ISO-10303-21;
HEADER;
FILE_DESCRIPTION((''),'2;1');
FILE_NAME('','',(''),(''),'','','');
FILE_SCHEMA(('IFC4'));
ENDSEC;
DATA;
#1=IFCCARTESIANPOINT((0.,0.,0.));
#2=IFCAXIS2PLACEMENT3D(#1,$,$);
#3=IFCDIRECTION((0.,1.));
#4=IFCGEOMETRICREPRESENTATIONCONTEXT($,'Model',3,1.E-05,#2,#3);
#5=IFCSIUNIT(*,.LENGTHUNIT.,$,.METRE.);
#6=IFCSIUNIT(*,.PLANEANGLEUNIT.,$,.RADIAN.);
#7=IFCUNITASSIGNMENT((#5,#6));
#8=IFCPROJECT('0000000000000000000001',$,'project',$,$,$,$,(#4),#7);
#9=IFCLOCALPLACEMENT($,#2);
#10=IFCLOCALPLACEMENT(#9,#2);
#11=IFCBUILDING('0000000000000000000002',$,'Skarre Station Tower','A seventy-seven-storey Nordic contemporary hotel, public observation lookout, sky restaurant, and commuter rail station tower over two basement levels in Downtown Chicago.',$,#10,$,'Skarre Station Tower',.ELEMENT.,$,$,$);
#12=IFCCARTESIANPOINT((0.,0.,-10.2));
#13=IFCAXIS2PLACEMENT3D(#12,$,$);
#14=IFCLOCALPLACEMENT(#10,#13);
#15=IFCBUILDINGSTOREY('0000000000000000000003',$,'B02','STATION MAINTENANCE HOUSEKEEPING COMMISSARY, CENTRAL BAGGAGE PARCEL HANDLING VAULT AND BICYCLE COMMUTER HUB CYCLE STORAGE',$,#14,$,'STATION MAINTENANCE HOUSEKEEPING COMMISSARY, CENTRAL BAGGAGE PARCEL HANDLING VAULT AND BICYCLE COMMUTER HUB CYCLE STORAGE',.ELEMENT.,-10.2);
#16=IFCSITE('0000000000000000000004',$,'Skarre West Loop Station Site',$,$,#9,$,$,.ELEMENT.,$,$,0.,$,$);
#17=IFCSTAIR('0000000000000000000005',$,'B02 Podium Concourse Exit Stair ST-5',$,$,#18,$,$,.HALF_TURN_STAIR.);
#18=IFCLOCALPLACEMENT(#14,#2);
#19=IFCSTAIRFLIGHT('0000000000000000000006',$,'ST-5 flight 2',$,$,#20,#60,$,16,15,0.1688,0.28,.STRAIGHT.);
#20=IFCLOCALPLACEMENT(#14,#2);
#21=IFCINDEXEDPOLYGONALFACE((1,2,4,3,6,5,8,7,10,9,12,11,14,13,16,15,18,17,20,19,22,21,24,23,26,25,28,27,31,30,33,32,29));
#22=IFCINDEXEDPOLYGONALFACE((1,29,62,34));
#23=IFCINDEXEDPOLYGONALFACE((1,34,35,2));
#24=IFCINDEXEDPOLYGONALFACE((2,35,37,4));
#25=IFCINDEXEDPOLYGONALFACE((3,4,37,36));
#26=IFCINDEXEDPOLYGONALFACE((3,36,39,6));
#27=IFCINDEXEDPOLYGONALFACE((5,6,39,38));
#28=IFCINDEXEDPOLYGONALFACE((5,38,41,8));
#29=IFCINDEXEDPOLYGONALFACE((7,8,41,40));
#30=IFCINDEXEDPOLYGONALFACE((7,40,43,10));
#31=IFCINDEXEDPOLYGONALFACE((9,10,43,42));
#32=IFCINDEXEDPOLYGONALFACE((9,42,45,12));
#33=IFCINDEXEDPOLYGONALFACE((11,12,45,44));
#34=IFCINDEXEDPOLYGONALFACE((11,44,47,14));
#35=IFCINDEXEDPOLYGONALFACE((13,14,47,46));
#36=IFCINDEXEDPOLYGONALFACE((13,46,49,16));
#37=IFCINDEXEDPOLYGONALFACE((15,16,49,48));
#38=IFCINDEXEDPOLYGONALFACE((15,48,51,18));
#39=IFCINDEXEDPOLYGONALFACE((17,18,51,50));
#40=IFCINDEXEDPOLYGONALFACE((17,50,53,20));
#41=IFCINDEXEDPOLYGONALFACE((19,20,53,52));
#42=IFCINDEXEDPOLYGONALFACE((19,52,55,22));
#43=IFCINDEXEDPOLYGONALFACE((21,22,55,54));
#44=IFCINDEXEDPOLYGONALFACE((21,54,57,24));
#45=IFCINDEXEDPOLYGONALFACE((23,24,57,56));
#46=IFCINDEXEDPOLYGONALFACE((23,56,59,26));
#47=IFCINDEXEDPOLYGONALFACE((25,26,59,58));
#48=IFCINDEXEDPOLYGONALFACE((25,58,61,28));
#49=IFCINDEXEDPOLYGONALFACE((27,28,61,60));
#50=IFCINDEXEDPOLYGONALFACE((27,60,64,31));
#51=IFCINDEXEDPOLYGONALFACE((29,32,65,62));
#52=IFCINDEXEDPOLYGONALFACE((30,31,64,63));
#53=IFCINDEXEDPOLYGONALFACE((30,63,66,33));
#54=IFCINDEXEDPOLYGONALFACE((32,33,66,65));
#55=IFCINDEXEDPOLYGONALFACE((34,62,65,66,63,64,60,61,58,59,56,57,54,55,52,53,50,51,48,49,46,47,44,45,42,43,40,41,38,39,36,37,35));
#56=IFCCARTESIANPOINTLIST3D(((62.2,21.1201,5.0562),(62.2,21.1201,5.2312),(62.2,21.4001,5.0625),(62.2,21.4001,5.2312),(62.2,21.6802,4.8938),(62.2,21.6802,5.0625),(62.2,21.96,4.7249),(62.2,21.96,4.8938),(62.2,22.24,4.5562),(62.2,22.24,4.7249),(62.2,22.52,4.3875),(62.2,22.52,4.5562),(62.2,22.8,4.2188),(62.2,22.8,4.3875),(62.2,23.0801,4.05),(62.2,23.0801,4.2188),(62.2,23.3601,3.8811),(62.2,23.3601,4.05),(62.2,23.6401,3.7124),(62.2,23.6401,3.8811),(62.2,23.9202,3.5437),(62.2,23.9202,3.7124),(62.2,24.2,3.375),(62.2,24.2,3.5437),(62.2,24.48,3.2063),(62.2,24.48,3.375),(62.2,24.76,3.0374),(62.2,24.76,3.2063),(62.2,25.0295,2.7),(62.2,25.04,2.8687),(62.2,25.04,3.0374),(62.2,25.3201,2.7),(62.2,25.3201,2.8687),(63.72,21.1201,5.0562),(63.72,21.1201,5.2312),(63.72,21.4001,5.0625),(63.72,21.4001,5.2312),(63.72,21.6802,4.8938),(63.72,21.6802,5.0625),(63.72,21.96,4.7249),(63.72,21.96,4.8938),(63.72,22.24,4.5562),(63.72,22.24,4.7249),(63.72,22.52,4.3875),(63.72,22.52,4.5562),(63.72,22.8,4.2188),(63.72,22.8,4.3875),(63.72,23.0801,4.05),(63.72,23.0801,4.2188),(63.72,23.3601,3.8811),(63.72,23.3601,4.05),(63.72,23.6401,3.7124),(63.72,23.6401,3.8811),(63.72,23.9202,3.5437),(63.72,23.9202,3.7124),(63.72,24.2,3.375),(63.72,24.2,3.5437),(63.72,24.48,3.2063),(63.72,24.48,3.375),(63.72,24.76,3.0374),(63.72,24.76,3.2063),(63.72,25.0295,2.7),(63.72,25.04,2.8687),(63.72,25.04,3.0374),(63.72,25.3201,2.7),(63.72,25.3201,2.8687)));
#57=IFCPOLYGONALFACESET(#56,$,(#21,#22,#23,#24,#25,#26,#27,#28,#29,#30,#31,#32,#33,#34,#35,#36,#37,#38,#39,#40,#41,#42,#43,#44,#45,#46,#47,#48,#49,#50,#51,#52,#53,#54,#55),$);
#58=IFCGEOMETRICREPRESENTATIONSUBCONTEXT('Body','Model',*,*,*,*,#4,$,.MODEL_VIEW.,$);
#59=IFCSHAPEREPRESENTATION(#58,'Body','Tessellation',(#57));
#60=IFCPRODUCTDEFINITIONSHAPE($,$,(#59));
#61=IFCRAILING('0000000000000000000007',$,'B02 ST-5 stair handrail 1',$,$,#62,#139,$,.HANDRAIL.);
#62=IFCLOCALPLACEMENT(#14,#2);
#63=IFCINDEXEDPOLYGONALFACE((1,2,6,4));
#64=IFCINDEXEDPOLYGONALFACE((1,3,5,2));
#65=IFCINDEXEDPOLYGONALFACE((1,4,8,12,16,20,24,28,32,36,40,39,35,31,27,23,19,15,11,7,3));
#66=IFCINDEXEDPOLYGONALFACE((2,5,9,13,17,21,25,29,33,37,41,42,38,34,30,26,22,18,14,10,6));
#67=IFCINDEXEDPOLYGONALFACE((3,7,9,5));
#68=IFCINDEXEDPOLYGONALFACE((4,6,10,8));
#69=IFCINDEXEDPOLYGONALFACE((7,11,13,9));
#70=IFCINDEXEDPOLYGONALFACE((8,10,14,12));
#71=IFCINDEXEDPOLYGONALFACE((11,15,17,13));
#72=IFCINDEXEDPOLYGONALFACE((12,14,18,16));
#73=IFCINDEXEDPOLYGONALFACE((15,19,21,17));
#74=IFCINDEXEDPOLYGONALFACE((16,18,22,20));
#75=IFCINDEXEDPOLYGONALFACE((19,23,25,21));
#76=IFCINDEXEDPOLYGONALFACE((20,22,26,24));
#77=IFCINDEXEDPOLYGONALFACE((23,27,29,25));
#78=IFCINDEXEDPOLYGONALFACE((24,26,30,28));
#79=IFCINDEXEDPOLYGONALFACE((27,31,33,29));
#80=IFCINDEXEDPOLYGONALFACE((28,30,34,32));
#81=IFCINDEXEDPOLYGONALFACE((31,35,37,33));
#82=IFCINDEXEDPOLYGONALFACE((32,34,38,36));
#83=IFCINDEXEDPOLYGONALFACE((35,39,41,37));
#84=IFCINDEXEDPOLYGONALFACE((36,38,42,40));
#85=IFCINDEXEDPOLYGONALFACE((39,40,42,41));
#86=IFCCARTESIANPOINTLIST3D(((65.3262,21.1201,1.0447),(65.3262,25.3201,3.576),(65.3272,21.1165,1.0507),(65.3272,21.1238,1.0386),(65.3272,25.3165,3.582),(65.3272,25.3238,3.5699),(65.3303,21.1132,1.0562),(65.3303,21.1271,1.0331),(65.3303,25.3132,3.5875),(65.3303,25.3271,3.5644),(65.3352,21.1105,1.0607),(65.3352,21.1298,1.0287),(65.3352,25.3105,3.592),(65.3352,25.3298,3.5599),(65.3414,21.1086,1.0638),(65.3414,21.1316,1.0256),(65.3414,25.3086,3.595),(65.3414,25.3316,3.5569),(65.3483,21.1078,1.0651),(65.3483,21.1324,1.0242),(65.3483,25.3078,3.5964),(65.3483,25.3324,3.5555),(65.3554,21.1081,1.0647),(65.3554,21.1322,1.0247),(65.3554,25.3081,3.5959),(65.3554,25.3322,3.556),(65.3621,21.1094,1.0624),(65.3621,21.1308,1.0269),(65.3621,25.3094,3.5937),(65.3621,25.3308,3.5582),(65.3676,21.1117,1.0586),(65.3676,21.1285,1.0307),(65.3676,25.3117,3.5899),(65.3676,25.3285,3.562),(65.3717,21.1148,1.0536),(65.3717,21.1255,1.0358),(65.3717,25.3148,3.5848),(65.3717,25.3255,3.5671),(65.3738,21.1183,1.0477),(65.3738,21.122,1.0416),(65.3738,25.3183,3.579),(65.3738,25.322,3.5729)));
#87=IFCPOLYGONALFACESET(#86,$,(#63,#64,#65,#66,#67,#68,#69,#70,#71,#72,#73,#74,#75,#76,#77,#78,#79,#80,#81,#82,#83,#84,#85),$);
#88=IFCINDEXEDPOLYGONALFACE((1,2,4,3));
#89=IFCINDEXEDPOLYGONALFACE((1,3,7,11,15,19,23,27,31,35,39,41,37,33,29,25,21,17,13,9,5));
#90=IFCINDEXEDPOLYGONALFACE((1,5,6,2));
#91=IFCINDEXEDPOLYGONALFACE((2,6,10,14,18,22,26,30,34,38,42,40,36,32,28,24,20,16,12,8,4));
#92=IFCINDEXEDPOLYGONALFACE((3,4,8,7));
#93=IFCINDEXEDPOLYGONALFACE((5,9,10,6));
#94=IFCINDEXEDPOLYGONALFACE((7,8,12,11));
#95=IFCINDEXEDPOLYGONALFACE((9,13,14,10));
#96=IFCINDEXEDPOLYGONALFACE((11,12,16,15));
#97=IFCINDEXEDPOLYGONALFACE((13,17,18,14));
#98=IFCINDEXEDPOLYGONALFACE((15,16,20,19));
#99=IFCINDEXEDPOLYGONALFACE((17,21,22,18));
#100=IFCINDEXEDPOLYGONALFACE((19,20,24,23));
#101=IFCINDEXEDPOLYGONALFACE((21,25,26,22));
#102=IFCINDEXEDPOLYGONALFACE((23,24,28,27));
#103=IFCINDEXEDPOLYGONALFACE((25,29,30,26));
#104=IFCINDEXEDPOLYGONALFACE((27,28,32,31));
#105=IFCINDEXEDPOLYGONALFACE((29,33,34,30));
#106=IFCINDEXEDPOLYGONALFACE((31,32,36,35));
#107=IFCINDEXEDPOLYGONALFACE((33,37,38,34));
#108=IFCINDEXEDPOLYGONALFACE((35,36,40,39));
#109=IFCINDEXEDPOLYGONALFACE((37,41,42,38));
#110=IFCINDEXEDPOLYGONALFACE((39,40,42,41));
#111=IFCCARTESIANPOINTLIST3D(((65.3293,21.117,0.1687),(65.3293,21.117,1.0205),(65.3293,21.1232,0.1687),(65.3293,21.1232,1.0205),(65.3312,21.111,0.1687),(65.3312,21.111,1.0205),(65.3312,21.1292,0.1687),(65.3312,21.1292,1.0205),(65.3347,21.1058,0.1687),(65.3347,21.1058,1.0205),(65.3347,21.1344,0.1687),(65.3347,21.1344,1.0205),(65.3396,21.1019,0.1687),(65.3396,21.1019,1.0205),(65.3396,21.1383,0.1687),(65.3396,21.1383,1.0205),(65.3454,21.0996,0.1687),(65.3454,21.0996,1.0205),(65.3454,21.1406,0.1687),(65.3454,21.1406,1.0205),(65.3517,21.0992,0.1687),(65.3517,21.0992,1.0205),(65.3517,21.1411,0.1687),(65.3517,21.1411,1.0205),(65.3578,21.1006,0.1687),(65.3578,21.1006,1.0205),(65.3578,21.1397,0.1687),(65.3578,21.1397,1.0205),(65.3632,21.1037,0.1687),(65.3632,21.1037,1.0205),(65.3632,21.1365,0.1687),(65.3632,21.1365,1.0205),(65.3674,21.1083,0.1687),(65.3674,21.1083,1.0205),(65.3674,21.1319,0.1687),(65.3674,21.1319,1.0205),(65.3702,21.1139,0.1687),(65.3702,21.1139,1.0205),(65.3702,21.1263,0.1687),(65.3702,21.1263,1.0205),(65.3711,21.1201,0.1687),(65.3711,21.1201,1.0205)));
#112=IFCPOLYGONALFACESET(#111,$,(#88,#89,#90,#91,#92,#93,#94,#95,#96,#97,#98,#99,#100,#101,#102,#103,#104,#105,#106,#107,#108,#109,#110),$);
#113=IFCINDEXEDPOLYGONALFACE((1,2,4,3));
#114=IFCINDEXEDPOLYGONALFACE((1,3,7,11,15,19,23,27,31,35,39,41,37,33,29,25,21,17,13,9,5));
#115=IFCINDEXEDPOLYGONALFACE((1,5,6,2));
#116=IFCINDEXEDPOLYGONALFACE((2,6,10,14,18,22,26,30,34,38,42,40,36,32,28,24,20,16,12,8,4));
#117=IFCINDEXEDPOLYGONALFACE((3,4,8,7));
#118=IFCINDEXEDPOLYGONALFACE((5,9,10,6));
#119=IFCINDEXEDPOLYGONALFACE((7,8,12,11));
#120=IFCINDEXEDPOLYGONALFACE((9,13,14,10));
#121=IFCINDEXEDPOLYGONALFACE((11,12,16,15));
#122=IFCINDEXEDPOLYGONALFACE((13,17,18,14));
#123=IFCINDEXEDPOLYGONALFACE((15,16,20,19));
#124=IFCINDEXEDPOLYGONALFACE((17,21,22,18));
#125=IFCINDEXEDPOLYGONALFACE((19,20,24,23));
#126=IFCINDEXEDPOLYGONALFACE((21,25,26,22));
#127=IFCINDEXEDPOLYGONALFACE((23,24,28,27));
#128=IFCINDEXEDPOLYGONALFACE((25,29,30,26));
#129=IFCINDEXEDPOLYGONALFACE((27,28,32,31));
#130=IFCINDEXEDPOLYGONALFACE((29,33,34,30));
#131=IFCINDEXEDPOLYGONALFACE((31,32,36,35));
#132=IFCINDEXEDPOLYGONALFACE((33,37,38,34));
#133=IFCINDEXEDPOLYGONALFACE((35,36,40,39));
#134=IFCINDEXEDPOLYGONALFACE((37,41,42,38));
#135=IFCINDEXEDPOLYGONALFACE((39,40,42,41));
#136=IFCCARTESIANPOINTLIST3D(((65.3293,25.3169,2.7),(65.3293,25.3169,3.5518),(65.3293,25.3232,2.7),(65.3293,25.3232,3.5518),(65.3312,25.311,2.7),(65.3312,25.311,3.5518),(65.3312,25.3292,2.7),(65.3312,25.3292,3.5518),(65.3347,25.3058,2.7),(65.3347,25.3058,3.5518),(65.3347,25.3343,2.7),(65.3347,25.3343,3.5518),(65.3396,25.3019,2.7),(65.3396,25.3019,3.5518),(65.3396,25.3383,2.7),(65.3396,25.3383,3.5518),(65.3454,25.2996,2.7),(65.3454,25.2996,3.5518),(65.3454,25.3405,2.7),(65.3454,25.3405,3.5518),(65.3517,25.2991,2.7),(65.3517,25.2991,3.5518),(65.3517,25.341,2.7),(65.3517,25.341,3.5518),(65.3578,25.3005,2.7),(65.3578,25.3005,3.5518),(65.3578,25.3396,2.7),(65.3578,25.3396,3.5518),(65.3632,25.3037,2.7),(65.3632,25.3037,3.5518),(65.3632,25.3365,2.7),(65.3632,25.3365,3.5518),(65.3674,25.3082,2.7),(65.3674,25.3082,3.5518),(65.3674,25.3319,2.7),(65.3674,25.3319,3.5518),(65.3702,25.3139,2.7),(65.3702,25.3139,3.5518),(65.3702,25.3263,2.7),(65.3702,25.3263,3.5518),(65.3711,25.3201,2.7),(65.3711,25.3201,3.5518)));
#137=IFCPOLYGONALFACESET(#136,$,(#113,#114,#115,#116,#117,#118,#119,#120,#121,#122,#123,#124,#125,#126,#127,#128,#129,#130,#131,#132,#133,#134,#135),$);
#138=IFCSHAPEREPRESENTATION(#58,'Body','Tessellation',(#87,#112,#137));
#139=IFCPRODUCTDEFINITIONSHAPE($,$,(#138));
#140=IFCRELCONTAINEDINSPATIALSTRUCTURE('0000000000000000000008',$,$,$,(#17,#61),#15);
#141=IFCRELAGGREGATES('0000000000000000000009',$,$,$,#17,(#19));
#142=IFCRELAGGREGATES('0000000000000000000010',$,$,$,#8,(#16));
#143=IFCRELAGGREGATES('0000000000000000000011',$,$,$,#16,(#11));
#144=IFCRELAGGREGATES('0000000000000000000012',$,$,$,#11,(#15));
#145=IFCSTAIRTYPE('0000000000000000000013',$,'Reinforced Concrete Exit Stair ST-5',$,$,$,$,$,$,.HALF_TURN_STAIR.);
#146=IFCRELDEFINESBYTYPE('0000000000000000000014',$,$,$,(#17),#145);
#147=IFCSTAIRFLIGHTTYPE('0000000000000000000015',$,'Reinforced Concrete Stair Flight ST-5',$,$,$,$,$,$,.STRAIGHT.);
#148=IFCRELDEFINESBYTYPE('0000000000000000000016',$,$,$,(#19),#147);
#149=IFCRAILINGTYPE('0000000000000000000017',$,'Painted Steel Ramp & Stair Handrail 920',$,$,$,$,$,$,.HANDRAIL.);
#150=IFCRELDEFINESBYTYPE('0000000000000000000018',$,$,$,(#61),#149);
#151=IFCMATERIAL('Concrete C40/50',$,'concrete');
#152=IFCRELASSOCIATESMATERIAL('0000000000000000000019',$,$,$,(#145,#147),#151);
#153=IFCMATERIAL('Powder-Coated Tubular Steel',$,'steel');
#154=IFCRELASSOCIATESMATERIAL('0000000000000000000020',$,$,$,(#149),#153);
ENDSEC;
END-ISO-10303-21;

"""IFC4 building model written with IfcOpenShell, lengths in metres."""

from ifc_helpers import new_model, si_unit, direction, frame, origin, origin_2d, place, context, subcontext, project, spatial, polyline, circle, outline, extrude, material, type_object, element, aggregate, save


model = new_model("IFC4")

# Units and contexts
model_context = context("Model", 3, precision=1e-05, world=origin(), true_north=direction((0.0, 1.0)))
body_context = subcontext(model_context, "Body", "Model", "MODEL_VIEW")
ifc_project = project(units=[si_unit("LENGTHUNIT", "METRE"), si_unit("PLANEANGLEUNIT", "RADIAN")], contexts=[model_context])

# Site, building, storey
site_placement = place(None, origin())
site = spatial("IfcSite", under=ifc_project, at=site_placement, Name="Skarre West Loop Station Site", CompositionType="ELEMENT", RefElevation=0.0)
building_placement = place(site_placement, origin())
building = spatial("IfcBuilding", under=site, at=building_placement, Name="Skarre Station Tower", Description="A seventy-seven-storey Nordic contemporary hotel, public observation lookout, sky restaurant, and commuter rail station tower over two basement levels in Downtown Chicago.", LongName="Skarre Station Tower", CompositionType="ELEMENT")
storey_placement = place(building_placement, frame((0.0, 0.0, -10.2)))
storey = spatial("IfcBuildingStorey", under=building, at=storey_placement, Name="B02", Description="STATION MAINTENANCE HOUSEKEEPING COMMISSARY, CENTRAL BAGGAGE PARCEL HANDLING VAULT AND BICYCLE COMMUTER HUB CYCLE STORAGE", LongName="STATION MAINTENANCE HOUSEKEEPING COMMISSARY, CENTRAL BAGGAGE PARCEL HANDLING VAULT AND BICYCLE COMMUTER HUB CYCLE STORAGE", CompositionType="ELEMENT", Elevation=-10.2)

# Stair, stair flight
ifc_material_1 = material(Name="Concrete C40/50", Category="concrete")
stair_type = type_object("IfcStairType", Name="Reinforced Concrete Exit Stair ST-5", PredefinedType="HALF_TURN_STAIR", material=ifc_material_1)
stair_placement = place(storey_placement, origin())
stair = element("IfcStair", 1, at=stair_placement, inside=storey, type_object=stair_type, Name="B02 Podium Concourse Exit Stair ST-5", PredefinedType="HALF_TURN_STAIR")
stair_flight_type = type_object("IfcStairFlightType", Name="Reinforced Concrete Stair Flight ST-5", PredefinedType="STRAIGHT", material=ifc_material_1)
stair_flight_1_placement = place(storey_placement, frame((62.96, 25.3201, 2.7), z_axis=(0.0, 0.0, 1.0), x_axis=(0.0, -1.0, 0.0)))
stair_flight_1 = element("IfcStairFlight", 2, at=stair_flight_1_placement, type_object=stair_flight_type, Name="ST-5 flight 2", NumberOfRisers=16, NumberOfTreads=15, PredefinedType="STRAIGHT", RiserHeight=0.1688, TreadLength=0.28, context=body_context, shape_type="SweptSolid", body=[
    extrude(outline(polyline([(0.0, 0.0), (0.0, 0.1687), (0.28, 0.1687), (0.28, 0.3374), (0.5601, 0.3374), (0.5601, 0.5063), (0.8401, 0.5063), (0.8401, 0.675), (1.1201, 0.675), (1.1201, 0.8438), (1.3999, 0.8438), (1.3999, 1.0125), (1.6799, 1.0125), (1.6799, 1.1812), (1.96, 1.1812), (1.96, 1.3501), (2.24, 1.3501), (2.24, 1.5188), (2.52, 1.5188), (2.52, 1.6875), (2.8, 1.6875), (2.8, 1.8562), (3.0801, 1.8562), (3.0801, 2.0249), (3.3601, 2.0249), (3.3601, 2.1938), (3.6399, 2.1938), (3.6399, 2.3625), (3.9199, 2.3625), (3.9199, 2.5312), (4.2, 2.5312), (4.2, 2.7), (4.2, 2.3562), (0.2905, 0.0), (0.0, 0.0)])), frame((0.0, 0.76, 0.0), z_axis=(0.0, -1.0, 0.0), x_axis=(1.0, 0.0, 0.0)), (0.0, 0.0, 1.0), 1.52),
])
aggregate(stair, [stair_flight_1])

# Railing
ifc_material_2 = material(Name="Powder-Coated Tubular Steel", Category="steel")
railing_type_1 = type_object("IfcRailingType", Name="Painted Steel Ramp & Stair Handrail 920", PredefinedType="HANDRAIL", material=ifc_material_2)
railing_1_placement = place(storey_placement, frame((65.3501, 21.1201, 0.1687)))
element("IfcRailing", 3, at=railing_1_placement, inside=storey, type_object=railing_type_1, Name="B02 ST-5 stair handrail 1", PredefinedType="HANDRAIL", context=body_context, shape_type="SweptSolid", body=[
    extrude(circle(Radius=0.0239, at=origin_2d()), frame((0.0, 0.0, 0.876), z_axis=(0.0, 0.856476, 0.516186), x_axis=(-1.0, 0.0, 0.0)), (0.0, 0.0, 1.0), 4.9038),
    extrude(circle(Radius=0.021, at=origin_2d()), origin(), (0.0, 0.0, 1.0), 0.8518),
    extrude(circle(Radius=0.021, at=origin_2d()), frame((0.0, 4.2, 2.5312)), (0.0, 0.0, 1.0), 0.8518),
])

save(model, "model.ifc")
